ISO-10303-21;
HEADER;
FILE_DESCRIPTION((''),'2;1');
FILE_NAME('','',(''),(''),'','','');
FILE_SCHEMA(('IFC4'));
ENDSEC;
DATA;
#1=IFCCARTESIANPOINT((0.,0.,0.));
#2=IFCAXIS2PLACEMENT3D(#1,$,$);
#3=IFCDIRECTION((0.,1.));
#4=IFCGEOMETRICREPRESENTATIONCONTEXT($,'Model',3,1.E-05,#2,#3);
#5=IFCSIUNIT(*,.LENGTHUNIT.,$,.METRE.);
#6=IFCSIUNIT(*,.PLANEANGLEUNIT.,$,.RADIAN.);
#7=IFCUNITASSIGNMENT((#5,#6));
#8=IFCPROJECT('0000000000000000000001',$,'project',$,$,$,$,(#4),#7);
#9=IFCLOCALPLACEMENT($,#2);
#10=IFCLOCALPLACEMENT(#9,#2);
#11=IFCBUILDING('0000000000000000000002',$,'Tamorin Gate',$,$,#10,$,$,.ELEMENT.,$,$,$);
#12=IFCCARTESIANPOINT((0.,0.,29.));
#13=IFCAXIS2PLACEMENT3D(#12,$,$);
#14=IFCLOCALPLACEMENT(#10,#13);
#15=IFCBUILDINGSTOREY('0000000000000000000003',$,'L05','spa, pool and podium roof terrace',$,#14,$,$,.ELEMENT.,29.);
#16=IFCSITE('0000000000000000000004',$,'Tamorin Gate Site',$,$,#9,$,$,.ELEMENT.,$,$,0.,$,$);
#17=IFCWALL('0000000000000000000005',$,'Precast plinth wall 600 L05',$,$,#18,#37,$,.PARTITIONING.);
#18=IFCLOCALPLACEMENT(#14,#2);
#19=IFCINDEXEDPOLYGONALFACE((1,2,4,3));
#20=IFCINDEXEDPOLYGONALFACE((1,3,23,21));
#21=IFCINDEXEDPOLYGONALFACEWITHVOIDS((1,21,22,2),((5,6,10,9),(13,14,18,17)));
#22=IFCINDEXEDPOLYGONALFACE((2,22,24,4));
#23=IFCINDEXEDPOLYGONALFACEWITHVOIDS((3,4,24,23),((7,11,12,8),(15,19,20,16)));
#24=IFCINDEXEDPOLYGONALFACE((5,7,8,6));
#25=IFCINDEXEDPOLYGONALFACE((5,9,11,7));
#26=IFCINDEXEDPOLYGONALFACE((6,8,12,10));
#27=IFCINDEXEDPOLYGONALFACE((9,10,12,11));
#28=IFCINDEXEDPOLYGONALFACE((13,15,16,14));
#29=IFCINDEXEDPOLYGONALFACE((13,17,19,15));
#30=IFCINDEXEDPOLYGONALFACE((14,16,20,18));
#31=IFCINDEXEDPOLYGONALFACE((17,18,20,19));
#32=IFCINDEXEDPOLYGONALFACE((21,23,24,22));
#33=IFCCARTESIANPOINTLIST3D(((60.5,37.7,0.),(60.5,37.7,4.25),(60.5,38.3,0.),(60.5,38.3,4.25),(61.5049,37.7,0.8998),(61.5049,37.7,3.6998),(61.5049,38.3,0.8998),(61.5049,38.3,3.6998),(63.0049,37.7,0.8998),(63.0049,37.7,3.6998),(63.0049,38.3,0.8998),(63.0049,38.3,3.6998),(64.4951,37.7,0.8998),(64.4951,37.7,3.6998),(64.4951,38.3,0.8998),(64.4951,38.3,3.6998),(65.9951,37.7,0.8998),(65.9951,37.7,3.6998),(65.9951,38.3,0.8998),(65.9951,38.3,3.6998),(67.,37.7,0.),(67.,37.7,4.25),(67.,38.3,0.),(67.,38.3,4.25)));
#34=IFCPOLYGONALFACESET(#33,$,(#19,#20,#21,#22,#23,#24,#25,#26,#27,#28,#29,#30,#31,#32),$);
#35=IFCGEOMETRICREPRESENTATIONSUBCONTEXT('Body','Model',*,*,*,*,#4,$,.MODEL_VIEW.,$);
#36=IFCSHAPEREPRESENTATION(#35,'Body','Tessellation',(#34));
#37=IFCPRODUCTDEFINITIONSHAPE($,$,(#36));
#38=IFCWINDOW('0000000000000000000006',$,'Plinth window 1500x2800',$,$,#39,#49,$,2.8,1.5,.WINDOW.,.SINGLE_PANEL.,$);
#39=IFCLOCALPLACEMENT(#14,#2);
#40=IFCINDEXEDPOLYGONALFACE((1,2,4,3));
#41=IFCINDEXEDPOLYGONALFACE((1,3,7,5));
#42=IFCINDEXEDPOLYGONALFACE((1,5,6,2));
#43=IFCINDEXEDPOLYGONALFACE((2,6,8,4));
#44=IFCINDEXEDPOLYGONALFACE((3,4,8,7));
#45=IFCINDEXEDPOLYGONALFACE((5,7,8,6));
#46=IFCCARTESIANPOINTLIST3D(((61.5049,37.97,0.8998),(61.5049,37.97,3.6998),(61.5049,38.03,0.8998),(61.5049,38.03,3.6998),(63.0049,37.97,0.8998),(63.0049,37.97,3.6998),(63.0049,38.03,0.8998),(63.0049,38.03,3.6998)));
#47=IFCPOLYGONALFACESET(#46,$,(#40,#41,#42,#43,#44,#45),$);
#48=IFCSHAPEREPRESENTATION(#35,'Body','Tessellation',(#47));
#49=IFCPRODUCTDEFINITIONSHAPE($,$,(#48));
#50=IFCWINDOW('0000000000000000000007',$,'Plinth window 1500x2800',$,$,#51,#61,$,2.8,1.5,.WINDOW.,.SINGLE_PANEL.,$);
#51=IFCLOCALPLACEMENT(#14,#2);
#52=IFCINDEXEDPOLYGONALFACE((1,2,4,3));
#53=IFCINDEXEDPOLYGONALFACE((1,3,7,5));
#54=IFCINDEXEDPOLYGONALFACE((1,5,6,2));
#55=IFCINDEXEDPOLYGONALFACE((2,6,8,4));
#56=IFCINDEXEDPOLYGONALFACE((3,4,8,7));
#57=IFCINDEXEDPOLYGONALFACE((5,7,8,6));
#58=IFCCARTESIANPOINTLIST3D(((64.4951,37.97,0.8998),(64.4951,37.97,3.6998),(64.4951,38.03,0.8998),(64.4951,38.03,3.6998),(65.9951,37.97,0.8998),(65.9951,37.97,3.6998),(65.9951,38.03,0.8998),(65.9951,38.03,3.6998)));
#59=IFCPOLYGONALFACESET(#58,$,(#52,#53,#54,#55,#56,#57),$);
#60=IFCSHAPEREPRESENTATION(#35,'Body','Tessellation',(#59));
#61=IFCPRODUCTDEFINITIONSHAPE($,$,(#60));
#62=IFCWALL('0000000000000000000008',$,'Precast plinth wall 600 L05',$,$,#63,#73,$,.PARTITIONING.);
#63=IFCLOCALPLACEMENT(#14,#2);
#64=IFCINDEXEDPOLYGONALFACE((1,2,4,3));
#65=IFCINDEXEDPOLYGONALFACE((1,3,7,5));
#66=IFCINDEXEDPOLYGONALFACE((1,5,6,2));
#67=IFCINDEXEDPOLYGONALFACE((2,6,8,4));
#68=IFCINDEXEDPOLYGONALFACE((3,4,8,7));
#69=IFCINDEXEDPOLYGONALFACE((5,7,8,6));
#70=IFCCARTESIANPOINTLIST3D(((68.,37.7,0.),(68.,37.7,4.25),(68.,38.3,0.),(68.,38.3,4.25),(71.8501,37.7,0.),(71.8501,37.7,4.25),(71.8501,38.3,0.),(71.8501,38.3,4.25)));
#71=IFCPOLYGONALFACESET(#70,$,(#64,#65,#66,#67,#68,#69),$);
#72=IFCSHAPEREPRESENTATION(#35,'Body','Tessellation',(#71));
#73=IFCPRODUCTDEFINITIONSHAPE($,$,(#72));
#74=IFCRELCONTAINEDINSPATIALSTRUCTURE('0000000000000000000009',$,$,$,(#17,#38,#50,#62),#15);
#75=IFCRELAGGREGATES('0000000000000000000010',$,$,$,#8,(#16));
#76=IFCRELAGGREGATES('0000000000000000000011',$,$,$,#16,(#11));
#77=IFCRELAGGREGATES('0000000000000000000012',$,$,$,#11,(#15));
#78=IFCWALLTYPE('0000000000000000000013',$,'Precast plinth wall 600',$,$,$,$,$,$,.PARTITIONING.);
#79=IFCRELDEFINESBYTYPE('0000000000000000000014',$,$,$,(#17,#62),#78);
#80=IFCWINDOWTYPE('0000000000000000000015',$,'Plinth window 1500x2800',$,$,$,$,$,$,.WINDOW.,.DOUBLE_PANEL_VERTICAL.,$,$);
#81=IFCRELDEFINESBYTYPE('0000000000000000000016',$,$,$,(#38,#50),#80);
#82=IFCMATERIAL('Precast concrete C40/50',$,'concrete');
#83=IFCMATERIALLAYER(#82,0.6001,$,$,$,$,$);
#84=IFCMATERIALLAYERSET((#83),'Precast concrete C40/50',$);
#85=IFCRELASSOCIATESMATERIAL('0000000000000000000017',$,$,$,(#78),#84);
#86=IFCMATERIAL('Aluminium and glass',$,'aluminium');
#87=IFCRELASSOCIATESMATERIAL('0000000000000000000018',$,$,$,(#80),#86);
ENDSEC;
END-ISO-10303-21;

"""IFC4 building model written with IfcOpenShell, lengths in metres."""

from ifc_helpers import new_model, si_unit, direction, frame, frame_2d, origin, place, context, subcontext, project, spatial, rectangle, extrude, material, layer, layer_set, type_object, element, fill, save


model = new_model("IFC4")

# Units and contexts
model_context = context("Model", 3, precision=1e-05, world=origin(), true_north=direction((0.0, 1.0)))
body_context = subcontext(model_context, "Body", "Model", "MODEL_VIEW")
ifc_project = project(units=[si_unit("LENGTHUNIT", "METRE"), si_unit("PLANEANGLEUNIT", "RADIAN")], contexts=[model_context])

# Site, building, storey
site_placement = place(None, origin())
site = spatial("IfcSite", under=ifc_project, at=site_placement, Name="Tamorin Gate Site", CompositionType="ELEMENT", RefElevation=0.0)
building_placement = place(site_placement, origin())
building = spatial("IfcBuilding", under=site, at=building_placement, Name="Tamorin Gate", CompositionType="ELEMENT")
storey_placement = place(building_placement, frame((0.0, 0.0, 29.0)))
storey = spatial("IfcBuildingStorey", under=building, at=storey_placement, Name="L05", Description="spa, pool and podium roof terrace", CompositionType="ELEMENT", Elevation=29.0)

# Shared definitions
ifc_material_1 = material(Name="Precast concrete C40/50", Category="concrete")
ifc_layer_1 = layer(ifc_material_1, 0.6001)
ifc_layer_set_1 = layer_set([ifc_layer_1], Name="Precast concrete C40/50")
wall_type_1 = type_object("IfcWallType", Name="Precast plinth wall 600", PredefinedType="PARTITIONING", material=ifc_layer_set_1)
ifc_material_2 = material(Name="Aluminium and glass", Category="aluminium")

# Wall, openings, windows
wall_1_placement = place(storey_placement, frame((60.5, 38.0, 0.0), z_axis=(0.0, 0.0, 1.0), x_axis=(1.0, 0.0, 0.0)))
wall_1 = element("IfcWall", 1, at=wall_1_placement, inside=storey, type_object=wall_type_1, Name="Precast plinth wall 600 L05", PredefinedType="PARTITIONING", context=body_context, shape_type="SweptSolid", body=[
    extrude(rectangle(XDim=6.5, YDim=0.6001, at=frame_2d((3.25, 0.0))), origin(), (0.0, 0.0, 1.0), 4.25),
])
opening_1_placement = place(wall_1_placement, frame((1.0049, 0.0, 0.8999)))
opening_1 = element("IfcOpeningElement", 2, at=opening_1_placement, cuts=wall_1, PredefinedType="OPENING", context=body_context, shape_type="SweptSolid", body=[
    extrude(rectangle(XDim=1.5, YDim=2.8, at=frame_2d((0.75, 1.3999))), frame((0.0, 0.3101, 0.0), z_axis=(0.0, -1.0, 0.0), x_axis=(1.0, 0.0, 0.0)), (0.0, 0.0, 1.0), 0.6201),
])
opening_2_placement = place(wall_1_placement, frame((3.9951, 0.0, 0.8999)))
opening_2 = element("IfcOpeningElement", 3, at=opening_2_placement, cuts=wall_1, PredefinedType="OPENING", context=body_context, shape_type="SweptSolid", body=[
    extrude(rectangle(XDim=1.5, YDim=2.8, at=frame_2d((0.75, 1.3999))), frame((0.0, 0.3101, 0.0), z_axis=(0.0, -1.0, 0.0), x_axis=(1.0, 0.0, 0.0)), (0.0, 0.0, 1.0), 0.6201),
])
window_type_1 = type_object("IfcWindowType", Name="Plinth window 1500x2800", PartitioningType="DOUBLE_PANEL_VERTICAL", PredefinedType="WINDOW", material=ifc_material_2)
window_1_placement = place(opening_1_placement, origin())
window_1 = element("IfcWindow", 4, at=window_1_placement, inside=storey, type_object=window_type_1, Name="Plinth window 1500x2800", OverallHeight=2.8, OverallWidth=1.5, PartitioningType="SINGLE_PANEL", PredefinedType="WINDOW", context=body_context, shape_type="SweptSolid", body=[
    extrude(rectangle(XDim=1.5, YDim=2.8, at=frame_2d((0.75, 1.3999))), frame((0.0, 0.03, 0.0), z_axis=(0.0, -1.0, 0.0), x_axis=(1.0, 0.0, 0.0)), (0.0, 0.0, 1.0), 0.0601),
])
fill(opening_1, window_1)
window_2_placement = place(opening_2_placement, origin())
window_2 = element("IfcWindow", 5, at=window_2_placement, inside=storey, type_object=window_type_1, Name="Plinth window 1500x2800", OverallHeight=2.8, OverallWidth=1.5, PartitioningType="SINGLE_PANEL", PredefinedType="WINDOW", context=body_context, shape_type="SweptSolid", body=[
    extrude(rectangle(XDim=1.5, YDim=2.8, at=frame_2d((0.75, 1.3999))), frame((0.0, 0.03, 0.0), z_axis=(0.0, -1.0, 0.0), x_axis=(1.0, 0.0, 0.0)), (0.0, 0.0, 1.0), 0.0601),
])
fill(opening_2, window_2)

# Wall
wall_2_placement = place(storey_placement, frame((68.0, 38.0, 0.0), z_axis=(0.0, 0.0, 1.0), x_axis=(1.0, 0.0, 0.0)))
element("IfcWall", 6, at=wall_2_placement, inside=storey, type_object=wall_type_1, Name="Precast plinth wall 600 L05", PredefinedType="PARTITIONING", context=body_context, shape_type="SweptSolid", body=[
    extrude(rectangle(XDim=3.8501, YDim=0.6001, at=frame_2d((1.925, 0.0))), origin(), (0.0, 0.0, 1.0), 4.25),
])

save(model, "model.ifc")
